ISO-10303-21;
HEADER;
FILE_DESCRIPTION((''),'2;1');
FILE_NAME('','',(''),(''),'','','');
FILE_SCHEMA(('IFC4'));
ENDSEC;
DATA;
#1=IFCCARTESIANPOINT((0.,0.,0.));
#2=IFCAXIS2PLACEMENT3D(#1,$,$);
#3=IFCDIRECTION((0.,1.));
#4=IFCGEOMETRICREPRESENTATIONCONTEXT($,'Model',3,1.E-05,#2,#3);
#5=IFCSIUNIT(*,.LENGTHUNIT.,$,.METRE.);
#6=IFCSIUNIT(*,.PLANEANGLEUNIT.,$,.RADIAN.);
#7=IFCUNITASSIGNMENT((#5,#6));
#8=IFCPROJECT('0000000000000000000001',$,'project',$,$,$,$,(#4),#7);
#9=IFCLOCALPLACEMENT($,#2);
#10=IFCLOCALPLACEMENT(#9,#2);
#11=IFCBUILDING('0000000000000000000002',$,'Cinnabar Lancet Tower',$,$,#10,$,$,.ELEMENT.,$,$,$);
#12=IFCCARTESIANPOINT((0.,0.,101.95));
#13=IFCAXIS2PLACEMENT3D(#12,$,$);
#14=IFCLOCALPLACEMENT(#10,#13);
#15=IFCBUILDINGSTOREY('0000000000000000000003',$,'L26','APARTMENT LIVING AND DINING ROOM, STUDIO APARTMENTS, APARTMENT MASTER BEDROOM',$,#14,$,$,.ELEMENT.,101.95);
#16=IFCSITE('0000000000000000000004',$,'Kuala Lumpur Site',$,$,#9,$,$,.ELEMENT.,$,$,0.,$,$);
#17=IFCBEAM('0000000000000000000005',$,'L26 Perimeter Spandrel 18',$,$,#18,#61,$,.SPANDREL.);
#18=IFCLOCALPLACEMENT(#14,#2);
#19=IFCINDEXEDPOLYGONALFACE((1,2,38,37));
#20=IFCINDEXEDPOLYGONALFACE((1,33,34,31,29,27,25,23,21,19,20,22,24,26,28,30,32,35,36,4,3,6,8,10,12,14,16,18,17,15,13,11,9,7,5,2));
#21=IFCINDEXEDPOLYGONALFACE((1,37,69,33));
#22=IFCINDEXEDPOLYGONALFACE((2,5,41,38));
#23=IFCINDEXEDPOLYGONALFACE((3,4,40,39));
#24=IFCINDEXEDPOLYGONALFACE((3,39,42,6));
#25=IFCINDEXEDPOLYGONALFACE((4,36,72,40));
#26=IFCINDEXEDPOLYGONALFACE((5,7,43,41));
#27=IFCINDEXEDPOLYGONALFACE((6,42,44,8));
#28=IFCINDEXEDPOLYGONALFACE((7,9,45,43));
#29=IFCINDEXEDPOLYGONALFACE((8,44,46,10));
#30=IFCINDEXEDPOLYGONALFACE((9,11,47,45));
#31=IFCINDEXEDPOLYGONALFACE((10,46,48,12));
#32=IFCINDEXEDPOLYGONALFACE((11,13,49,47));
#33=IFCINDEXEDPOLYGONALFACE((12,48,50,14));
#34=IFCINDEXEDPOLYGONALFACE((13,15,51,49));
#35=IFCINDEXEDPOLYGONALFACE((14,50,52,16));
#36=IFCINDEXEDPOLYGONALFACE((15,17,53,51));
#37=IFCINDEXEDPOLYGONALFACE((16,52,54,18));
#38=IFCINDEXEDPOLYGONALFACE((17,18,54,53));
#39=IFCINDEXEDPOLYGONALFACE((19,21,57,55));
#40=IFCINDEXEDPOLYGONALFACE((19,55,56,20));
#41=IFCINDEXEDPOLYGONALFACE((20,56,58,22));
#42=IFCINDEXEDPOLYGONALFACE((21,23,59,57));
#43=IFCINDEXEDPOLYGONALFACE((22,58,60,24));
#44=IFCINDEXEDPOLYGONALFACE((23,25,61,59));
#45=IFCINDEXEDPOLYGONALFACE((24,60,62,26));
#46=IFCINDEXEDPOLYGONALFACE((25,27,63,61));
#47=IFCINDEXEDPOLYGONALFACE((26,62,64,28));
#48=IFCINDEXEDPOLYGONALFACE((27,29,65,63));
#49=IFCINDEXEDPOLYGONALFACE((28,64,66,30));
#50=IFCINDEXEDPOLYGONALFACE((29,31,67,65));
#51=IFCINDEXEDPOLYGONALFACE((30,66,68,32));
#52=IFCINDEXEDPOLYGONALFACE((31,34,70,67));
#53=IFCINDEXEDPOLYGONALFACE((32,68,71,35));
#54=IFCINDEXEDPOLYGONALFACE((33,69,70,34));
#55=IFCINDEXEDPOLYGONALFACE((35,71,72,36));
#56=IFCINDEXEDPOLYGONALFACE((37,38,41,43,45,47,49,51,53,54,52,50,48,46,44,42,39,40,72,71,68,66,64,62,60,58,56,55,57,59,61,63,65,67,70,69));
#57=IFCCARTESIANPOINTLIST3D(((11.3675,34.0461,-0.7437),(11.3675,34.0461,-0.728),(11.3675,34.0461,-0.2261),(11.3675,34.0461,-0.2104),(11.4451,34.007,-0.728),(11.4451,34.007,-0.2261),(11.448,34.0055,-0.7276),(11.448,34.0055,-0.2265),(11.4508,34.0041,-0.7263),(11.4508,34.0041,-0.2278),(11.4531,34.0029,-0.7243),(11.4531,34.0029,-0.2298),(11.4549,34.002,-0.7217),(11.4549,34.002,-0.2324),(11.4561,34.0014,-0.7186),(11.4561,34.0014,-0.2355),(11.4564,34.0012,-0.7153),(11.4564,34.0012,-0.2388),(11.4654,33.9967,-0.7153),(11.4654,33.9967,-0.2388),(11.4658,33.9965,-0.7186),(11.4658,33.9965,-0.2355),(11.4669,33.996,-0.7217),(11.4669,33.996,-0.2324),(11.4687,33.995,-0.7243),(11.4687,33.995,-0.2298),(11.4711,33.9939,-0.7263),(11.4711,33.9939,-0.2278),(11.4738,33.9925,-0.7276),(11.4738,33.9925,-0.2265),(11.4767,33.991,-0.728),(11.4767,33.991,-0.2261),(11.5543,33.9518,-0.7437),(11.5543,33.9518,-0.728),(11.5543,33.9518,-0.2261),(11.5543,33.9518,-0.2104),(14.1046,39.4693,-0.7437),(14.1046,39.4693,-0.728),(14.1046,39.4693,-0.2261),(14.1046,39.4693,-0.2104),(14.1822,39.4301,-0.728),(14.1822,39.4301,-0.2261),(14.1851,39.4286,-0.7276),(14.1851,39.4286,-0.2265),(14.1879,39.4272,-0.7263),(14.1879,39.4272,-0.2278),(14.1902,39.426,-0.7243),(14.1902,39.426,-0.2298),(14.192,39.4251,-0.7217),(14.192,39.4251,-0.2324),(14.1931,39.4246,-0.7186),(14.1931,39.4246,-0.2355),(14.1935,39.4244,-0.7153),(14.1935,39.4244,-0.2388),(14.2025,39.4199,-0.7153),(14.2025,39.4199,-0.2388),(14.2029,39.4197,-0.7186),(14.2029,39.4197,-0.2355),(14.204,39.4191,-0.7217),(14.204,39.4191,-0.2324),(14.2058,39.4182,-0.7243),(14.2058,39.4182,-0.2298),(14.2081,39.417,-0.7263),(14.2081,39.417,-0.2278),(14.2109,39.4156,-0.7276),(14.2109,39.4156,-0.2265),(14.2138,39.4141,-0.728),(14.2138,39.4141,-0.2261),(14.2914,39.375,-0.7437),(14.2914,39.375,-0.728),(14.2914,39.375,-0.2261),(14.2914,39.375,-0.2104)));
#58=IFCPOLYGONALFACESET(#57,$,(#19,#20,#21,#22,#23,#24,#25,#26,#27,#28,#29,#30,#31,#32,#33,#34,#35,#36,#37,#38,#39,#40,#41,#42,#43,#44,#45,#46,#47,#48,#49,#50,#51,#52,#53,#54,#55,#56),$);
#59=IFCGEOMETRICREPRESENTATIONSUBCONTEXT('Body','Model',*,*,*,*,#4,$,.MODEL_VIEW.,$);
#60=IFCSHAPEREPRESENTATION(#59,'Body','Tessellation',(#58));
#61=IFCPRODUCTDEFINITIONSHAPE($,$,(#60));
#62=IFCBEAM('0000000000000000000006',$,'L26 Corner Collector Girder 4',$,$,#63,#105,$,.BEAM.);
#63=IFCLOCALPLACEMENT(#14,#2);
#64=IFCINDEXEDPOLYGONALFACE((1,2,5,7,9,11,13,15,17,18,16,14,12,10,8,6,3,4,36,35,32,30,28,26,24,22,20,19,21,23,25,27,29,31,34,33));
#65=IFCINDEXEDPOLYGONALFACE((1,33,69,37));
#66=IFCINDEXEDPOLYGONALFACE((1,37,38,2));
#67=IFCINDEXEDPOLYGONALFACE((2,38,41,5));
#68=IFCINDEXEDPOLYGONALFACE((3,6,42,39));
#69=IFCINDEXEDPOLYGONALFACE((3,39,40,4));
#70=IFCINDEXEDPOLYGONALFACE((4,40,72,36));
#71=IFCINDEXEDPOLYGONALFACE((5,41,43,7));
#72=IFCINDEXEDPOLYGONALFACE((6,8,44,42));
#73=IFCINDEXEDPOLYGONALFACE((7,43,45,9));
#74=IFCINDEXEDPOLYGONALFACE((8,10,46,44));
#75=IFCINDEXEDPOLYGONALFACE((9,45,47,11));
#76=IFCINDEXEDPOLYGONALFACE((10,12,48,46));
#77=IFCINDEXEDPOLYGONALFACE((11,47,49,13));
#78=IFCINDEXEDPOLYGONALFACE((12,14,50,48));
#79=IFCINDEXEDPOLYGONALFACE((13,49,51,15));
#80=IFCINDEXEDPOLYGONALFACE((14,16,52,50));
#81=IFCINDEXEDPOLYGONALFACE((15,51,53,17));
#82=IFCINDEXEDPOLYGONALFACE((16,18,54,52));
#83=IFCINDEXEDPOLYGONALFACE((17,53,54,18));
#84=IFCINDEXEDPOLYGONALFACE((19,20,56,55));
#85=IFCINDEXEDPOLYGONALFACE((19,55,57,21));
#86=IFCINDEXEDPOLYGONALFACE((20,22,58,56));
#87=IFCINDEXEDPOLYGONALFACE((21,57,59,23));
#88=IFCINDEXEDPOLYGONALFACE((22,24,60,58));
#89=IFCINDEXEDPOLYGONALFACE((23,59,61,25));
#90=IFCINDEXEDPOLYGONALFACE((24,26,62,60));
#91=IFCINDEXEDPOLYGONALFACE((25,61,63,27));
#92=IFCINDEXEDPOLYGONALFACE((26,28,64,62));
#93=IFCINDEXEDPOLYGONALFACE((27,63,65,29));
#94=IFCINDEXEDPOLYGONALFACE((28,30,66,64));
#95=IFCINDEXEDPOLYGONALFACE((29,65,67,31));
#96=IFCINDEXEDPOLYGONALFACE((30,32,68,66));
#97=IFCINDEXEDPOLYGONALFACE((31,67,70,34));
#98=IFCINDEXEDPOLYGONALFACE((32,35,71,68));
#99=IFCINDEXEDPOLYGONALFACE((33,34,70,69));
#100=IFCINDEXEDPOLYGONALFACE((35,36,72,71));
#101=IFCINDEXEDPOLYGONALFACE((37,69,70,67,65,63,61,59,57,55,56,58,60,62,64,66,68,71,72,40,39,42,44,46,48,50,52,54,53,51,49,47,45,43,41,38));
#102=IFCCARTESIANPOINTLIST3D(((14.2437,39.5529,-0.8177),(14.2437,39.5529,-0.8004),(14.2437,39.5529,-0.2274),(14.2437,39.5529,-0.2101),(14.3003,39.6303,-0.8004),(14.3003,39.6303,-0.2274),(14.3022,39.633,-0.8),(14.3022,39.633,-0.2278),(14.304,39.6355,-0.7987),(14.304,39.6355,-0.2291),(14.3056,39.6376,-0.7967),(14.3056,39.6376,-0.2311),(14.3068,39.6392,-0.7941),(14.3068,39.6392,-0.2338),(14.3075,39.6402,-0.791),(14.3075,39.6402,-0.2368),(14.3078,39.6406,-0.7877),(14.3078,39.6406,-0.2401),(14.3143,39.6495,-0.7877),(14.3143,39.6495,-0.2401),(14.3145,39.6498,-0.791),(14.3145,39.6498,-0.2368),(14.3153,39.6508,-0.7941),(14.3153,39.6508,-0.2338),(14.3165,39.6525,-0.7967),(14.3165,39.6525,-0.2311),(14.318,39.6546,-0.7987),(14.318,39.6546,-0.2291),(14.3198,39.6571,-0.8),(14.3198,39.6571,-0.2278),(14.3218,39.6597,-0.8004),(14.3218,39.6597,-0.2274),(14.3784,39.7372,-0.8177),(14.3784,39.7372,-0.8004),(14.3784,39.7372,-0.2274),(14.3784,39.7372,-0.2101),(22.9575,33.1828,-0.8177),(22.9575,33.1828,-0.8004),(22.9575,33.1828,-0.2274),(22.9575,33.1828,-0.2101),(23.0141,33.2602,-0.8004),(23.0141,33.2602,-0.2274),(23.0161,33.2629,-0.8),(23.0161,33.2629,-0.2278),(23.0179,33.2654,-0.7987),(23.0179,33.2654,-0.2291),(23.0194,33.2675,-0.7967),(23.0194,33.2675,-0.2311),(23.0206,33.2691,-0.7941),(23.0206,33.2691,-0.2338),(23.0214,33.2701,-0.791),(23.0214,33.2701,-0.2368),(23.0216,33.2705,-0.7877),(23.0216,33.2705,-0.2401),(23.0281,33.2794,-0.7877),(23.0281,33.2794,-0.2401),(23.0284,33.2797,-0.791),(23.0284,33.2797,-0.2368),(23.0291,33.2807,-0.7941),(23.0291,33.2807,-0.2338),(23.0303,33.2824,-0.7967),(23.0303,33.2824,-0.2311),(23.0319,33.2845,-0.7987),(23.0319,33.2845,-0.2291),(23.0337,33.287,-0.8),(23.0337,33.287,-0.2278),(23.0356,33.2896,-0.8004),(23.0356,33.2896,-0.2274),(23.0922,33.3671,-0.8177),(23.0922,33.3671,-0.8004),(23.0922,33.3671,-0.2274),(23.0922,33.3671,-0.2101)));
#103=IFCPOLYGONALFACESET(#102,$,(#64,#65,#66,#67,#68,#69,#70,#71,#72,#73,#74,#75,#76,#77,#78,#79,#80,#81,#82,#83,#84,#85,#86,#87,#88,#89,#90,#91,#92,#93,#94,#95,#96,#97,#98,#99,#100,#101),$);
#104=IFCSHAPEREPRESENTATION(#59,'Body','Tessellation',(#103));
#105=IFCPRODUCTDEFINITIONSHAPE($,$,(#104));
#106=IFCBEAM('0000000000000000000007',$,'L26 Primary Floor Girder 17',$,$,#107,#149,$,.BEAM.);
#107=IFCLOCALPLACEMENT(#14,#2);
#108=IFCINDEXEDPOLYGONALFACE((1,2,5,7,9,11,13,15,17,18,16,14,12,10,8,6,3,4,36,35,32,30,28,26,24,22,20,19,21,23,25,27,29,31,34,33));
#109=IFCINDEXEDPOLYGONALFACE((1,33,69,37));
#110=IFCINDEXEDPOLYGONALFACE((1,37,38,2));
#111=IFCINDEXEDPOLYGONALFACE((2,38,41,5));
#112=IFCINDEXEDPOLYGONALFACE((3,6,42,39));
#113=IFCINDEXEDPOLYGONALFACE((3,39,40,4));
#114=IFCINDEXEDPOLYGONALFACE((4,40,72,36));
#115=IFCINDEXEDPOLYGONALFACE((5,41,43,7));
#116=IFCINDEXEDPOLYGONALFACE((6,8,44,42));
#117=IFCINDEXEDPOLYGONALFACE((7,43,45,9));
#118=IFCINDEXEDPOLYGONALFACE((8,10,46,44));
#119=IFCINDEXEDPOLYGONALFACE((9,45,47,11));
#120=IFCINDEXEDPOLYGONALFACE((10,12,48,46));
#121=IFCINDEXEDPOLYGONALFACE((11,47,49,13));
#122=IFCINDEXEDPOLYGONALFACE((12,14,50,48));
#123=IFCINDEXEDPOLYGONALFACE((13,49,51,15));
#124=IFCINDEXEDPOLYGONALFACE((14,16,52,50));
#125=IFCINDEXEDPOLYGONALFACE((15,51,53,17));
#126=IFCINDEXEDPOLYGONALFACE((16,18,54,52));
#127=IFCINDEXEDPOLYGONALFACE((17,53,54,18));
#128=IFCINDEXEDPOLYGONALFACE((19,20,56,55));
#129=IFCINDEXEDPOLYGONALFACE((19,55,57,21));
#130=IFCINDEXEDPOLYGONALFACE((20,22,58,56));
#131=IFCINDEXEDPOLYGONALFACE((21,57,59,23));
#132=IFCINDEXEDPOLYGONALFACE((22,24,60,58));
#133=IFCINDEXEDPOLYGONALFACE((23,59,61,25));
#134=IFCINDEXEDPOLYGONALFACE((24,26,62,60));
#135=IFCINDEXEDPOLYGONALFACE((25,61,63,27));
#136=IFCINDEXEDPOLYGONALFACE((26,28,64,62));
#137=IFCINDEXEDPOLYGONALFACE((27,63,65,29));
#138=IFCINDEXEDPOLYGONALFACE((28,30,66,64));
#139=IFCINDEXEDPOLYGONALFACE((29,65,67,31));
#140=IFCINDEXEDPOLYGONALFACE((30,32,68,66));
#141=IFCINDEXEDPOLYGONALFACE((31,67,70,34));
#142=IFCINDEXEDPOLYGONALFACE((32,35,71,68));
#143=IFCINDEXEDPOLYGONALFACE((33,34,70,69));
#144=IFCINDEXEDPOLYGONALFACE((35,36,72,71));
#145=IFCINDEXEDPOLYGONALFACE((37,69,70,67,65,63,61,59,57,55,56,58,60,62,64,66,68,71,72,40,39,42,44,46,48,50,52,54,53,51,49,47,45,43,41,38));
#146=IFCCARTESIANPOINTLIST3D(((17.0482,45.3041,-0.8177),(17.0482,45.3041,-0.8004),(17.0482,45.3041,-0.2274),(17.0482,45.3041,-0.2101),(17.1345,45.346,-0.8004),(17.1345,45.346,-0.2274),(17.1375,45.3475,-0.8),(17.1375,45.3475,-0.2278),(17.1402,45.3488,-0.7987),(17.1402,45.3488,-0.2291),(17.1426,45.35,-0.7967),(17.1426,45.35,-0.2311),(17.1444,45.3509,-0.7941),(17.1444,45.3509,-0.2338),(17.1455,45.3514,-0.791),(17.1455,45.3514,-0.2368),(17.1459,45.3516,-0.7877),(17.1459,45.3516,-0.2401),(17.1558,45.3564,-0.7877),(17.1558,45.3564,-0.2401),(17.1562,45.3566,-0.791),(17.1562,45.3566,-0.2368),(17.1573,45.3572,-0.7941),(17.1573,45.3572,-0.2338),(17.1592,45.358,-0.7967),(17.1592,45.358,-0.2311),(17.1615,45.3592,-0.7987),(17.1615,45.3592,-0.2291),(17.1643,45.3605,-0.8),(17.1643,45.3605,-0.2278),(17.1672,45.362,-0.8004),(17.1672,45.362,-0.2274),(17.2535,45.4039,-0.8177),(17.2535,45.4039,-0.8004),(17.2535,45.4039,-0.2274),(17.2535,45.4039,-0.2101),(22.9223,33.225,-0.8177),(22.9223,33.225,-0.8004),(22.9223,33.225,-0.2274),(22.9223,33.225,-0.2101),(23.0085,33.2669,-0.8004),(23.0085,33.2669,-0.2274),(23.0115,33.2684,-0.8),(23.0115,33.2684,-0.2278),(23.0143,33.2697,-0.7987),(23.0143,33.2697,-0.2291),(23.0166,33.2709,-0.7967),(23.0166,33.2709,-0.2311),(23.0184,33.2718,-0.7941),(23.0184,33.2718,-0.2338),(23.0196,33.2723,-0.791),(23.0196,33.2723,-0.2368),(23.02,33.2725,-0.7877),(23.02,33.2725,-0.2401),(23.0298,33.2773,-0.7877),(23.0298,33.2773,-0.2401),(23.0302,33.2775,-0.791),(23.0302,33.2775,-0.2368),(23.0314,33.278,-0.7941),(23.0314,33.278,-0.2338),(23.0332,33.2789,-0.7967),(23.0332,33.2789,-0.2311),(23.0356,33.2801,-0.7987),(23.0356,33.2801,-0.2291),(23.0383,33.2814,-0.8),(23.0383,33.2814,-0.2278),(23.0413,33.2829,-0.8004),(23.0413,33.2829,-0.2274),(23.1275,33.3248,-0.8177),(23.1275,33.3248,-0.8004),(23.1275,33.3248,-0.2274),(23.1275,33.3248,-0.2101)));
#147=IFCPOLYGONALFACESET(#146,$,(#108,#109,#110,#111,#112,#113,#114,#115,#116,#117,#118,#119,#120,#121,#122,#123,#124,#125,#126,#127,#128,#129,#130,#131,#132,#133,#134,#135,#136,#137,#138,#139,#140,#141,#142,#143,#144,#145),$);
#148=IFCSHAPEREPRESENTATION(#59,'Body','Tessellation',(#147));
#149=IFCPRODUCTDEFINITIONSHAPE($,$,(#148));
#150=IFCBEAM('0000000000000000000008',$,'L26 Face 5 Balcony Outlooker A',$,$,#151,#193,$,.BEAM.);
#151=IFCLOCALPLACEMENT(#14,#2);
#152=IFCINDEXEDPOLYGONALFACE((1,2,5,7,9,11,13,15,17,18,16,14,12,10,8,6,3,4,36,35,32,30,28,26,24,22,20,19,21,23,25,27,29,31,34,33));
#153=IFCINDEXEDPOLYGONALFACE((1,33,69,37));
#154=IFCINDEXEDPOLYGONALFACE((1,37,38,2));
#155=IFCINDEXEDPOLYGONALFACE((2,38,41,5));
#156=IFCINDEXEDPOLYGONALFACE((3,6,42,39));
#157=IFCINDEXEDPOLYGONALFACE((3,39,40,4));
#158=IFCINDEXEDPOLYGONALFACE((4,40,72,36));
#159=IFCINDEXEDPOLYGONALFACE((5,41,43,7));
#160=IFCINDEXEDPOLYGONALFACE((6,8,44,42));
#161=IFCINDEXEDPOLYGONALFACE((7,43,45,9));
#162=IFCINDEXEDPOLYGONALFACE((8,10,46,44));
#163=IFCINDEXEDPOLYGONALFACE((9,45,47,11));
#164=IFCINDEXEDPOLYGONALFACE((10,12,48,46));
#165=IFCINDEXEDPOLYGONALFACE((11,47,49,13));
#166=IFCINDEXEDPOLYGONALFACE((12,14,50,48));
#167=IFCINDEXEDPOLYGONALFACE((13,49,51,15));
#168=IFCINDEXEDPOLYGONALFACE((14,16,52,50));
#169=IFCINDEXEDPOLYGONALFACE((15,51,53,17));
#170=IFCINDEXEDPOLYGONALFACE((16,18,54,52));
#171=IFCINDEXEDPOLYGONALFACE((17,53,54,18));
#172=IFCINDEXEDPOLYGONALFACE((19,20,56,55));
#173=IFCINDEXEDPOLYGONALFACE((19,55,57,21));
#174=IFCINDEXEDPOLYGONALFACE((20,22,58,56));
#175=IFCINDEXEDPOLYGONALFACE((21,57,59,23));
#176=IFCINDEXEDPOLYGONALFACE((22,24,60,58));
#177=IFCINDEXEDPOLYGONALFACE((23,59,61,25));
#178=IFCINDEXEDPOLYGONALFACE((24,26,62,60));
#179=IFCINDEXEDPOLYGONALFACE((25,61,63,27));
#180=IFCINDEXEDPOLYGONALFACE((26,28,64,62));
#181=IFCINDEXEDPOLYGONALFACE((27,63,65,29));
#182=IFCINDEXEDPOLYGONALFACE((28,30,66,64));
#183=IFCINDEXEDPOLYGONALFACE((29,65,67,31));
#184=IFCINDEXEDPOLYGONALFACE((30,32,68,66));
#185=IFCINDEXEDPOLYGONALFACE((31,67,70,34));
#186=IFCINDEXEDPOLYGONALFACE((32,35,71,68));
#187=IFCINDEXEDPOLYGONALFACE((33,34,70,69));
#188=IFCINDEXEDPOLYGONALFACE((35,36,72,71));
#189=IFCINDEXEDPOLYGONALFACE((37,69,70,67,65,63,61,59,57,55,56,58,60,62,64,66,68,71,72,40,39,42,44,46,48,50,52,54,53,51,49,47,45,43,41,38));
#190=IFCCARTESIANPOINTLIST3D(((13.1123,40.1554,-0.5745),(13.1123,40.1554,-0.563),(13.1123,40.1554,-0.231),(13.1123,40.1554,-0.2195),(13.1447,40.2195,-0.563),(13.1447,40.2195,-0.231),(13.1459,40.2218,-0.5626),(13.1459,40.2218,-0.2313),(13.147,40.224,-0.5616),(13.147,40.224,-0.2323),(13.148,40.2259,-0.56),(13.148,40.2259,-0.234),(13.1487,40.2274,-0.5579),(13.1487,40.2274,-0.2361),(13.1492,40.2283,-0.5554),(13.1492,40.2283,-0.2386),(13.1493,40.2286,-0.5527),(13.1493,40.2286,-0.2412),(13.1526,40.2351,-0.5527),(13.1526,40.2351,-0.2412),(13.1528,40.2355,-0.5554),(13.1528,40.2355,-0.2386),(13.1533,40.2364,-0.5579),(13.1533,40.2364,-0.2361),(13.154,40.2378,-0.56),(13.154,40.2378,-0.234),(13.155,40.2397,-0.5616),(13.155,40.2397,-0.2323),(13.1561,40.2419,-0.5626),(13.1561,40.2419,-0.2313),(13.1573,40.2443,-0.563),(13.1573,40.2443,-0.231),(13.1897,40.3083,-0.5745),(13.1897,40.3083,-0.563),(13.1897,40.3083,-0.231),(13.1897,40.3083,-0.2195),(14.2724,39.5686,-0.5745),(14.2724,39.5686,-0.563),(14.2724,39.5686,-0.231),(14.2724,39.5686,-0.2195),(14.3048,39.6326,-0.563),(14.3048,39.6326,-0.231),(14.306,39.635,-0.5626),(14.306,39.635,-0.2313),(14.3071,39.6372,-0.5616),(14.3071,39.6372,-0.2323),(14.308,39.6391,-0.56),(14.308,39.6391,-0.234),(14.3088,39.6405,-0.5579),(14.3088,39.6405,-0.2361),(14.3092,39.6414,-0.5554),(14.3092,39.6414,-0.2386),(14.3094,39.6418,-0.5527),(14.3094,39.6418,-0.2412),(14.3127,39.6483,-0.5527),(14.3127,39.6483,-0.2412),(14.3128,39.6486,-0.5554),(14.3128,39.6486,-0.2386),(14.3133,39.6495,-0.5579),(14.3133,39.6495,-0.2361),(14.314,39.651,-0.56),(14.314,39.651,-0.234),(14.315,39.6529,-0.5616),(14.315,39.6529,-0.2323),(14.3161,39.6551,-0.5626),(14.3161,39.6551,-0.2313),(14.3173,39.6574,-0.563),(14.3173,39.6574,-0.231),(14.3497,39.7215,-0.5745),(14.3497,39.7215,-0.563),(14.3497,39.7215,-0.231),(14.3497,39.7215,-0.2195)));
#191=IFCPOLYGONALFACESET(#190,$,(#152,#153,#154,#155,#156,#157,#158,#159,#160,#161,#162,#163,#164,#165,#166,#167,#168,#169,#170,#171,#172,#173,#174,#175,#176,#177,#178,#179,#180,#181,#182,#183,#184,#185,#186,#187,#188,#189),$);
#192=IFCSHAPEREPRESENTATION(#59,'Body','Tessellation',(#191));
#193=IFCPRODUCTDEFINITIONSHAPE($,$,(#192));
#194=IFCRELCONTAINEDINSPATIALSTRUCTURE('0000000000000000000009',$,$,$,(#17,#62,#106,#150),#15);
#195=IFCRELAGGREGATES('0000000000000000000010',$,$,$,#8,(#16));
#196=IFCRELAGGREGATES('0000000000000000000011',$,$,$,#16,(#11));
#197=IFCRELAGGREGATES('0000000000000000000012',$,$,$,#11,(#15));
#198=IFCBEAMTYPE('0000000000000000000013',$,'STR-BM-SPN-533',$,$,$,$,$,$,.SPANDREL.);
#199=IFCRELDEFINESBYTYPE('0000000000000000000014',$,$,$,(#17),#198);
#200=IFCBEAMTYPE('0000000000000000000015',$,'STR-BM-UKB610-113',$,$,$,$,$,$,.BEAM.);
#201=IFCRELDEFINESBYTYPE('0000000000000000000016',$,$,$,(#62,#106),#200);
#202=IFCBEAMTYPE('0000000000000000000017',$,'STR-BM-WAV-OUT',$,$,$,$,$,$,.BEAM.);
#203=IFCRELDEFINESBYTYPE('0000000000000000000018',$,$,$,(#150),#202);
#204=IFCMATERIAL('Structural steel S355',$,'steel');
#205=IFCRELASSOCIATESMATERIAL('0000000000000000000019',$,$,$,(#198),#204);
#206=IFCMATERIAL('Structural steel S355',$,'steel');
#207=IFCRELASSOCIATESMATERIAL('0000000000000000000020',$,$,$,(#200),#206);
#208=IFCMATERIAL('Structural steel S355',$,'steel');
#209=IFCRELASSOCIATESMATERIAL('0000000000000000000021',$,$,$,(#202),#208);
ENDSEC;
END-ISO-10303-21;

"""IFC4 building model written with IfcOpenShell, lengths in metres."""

from ifc_helpers import new_model, si_unit, direction, frame, origin, origin_2d, place, context, subcontext, project, spatial, i_section, extrude, material, material_profile, profile_set, type_object, element, save


model = new_model("IFC4")

# Units and contexts
model_context = context("Model", 3, precision=1e-05, world=origin(), true_north=direction((0.0, 1.0)))
body_context = subcontext(model_context, "Body", "Model", "MODEL_VIEW")
ifc_project = project(units=[si_unit("LENGTHUNIT", "METRE"), si_unit("PLANEANGLEUNIT", "RADIAN")], contexts=[model_context])

# Site, building, storey
site_placement = place(None, origin())
site = spatial("IfcSite", under=ifc_project, at=site_placement, Name="Kuala Lumpur Site", CompositionType="ELEMENT", RefElevation=0.0)
building_placement = place(site_placement, origin())
building = spatial("IfcBuilding", under=site, at=building_placement, Name="Cinnabar Lancet Tower", CompositionType="ELEMENT")
storey_placement = place(building_placement, frame((0.0, 0.0, 101.95)))
storey = spatial("IfcBuildingStorey", under=building, at=storey_placement, Name="L26", Description="APARTMENT LIVING AND DINING ROOM, STUDIO APARTMENTS, APARTMENT MASTER BEDROOM", CompositionType="ELEMENT", Elevation=101.95)

# Beams
ifc_material_1 = material(Name="Structural steel S355", Category="steel")
ifc_material_profile_1 = material_profile(ifc_material_1, i_section(OverallWidth=0.2092, OverallDepth=0.5332, WebThickness=0.01, FlangeThickness=0.0156, FilletRadius=0.0127, at=origin_2d()), Name="UKB 533x210x92")
ifc_profile_set_1 = profile_set([ifc_material_profile_1], Name="Structural steel S355")
beam_type_1 = type_object("IfcBeamType", Name="STR-BM-SPN-533", PredefinedType="SPANDREL", material=ifc_profile_set_1)
beam_1_placement = place(storey_placement, frame((14.198, 39.4221, -0.4771), z_axis=(-0.45057, -0.892741, 0.0), x_axis=(0.892741, -0.45057, 0.0)))
element("IfcBeam", 1, at=beam_1_placement, inside=storey, type_object=beam_type_1, Name="L26 Perimeter Spandrel 18", PredefinedType="SPANDREL", context=body_context, shape_type="SweptSolid", body=[
    extrude(i_section(OverallWidth=0.2092, OverallDepth=0.5332, WebThickness=0.01, FlangeThickness=0.0156, FilletRadius=0.0127, at=origin_2d()), origin(), (0.0, 0.0, 1.0), 6.0747),
])
ifc_material_2 = material(Name="Structural steel S355", Category="steel")
ifc_material_profile_2 = material_profile(ifc_material_2, i_section(OverallWidth=0.2283, OverallDepth=0.6077, WebThickness=0.011, FlangeThickness=0.0173, FilletRadius=0.0127, at=origin_2d()), Name="UKB 610x229x113")
ifc_profile_set_2 = profile_set([ifc_material_profile_2], Name="Structural steel S355")
beam_type_2 = type_object("IfcBeamType", Name="STR-BM-UKB610-113", PredefinedType="BEAM", material=ifc_profile_set_2)
beam_2_placement = place(storey_placement, frame((14.311, 39.645, -0.5139), z_axis=(0.80729, -0.590155, 0.0), x_axis=(0.590155, 0.80729, 0.0)))
element("IfcBeam", 2, at=beam_2_placement, inside=storey, type_object=beam_type_2, Name="L26 Corner Collector Girder 4", PredefinedType="BEAM", context=body_context, shape_type="SweptSolid", body=[
    extrude(i_section(OverallWidth=0.2283, OverallDepth=0.6077, WebThickness=0.011, FlangeThickness=0.0173, FilletRadius=0.0127, at=origin_2d()), origin(), (0.0, 0.0, 1.0), 10.7939),
])
beam_3_placement = place(storey_placement, frame((17.1509, 45.354, -0.5139), z_axis=(0.437327, -0.899302, 0.0), x_axis=(0.899302, 0.437327, 0.0)))
element("IfcBeam", 3, at=beam_3_placement, inside=storey, type_object=beam_type_2, Name="L26 Primary Floor Girder 17", PredefinedType="BEAM", context=body_context, shape_type="SweptSolid", body=[
    extrude(i_section(OverallWidth=0.2283, OverallDepth=0.6077, WebThickness=0.011, FlangeThickness=0.0173, FilletRadius=0.0127, at=origin_2d()), origin(), (0.0, 0.0, 1.0), 13.4316),
])
ifc_material_3 = material(Name="Structural steel S355", Category="steel")
ifc_material_profile_3 = material_profile(ifc_material_3, i_section(OverallWidth=0.1714, OverallDepth=0.355, WebThickness=0.0073, FlangeThickness=0.0115, FilletRadius=0.0103, at=origin_2d()), Name="UKB 356x171x51")
ifc_profile_set_3 = profile_set([ifc_material_profile_3], Name="Structural steel S355")
beam_type_3 = type_object("IfcBeamType", Name="STR-BM-WAV-OUT", PredefinedType="BEAM", material=ifc_profile_set_3)
for number, where, z_axis, x_axis, name in (
    (4, (14.311, 39.645, -0.397), (-0.892314, 0.451415, 0.0), (-0.451415, -0.892314, 0.0), "L26 Face 5 Balcony Outlooker A"),
):
    element("IfcBeam", number, at=place(storey_placement, frame(where, z_axis=z_axis, x_axis=x_axis)), inside=storey, type_object=beam_type_3, Name=name, PredefinedType="BEAM", context=body_context, shape_type="SweptSolid", body=[
        extrude(i_section(OverallWidth=0.1714, OverallDepth=0.355, WebThickness=0.0073, FlangeThickness=0.0115, FilletRadius=0.0103, at=origin_2d()), origin(), (0.0, 0.0, 1.0), 1.3),
    ])

save(model, "model.ifc")
